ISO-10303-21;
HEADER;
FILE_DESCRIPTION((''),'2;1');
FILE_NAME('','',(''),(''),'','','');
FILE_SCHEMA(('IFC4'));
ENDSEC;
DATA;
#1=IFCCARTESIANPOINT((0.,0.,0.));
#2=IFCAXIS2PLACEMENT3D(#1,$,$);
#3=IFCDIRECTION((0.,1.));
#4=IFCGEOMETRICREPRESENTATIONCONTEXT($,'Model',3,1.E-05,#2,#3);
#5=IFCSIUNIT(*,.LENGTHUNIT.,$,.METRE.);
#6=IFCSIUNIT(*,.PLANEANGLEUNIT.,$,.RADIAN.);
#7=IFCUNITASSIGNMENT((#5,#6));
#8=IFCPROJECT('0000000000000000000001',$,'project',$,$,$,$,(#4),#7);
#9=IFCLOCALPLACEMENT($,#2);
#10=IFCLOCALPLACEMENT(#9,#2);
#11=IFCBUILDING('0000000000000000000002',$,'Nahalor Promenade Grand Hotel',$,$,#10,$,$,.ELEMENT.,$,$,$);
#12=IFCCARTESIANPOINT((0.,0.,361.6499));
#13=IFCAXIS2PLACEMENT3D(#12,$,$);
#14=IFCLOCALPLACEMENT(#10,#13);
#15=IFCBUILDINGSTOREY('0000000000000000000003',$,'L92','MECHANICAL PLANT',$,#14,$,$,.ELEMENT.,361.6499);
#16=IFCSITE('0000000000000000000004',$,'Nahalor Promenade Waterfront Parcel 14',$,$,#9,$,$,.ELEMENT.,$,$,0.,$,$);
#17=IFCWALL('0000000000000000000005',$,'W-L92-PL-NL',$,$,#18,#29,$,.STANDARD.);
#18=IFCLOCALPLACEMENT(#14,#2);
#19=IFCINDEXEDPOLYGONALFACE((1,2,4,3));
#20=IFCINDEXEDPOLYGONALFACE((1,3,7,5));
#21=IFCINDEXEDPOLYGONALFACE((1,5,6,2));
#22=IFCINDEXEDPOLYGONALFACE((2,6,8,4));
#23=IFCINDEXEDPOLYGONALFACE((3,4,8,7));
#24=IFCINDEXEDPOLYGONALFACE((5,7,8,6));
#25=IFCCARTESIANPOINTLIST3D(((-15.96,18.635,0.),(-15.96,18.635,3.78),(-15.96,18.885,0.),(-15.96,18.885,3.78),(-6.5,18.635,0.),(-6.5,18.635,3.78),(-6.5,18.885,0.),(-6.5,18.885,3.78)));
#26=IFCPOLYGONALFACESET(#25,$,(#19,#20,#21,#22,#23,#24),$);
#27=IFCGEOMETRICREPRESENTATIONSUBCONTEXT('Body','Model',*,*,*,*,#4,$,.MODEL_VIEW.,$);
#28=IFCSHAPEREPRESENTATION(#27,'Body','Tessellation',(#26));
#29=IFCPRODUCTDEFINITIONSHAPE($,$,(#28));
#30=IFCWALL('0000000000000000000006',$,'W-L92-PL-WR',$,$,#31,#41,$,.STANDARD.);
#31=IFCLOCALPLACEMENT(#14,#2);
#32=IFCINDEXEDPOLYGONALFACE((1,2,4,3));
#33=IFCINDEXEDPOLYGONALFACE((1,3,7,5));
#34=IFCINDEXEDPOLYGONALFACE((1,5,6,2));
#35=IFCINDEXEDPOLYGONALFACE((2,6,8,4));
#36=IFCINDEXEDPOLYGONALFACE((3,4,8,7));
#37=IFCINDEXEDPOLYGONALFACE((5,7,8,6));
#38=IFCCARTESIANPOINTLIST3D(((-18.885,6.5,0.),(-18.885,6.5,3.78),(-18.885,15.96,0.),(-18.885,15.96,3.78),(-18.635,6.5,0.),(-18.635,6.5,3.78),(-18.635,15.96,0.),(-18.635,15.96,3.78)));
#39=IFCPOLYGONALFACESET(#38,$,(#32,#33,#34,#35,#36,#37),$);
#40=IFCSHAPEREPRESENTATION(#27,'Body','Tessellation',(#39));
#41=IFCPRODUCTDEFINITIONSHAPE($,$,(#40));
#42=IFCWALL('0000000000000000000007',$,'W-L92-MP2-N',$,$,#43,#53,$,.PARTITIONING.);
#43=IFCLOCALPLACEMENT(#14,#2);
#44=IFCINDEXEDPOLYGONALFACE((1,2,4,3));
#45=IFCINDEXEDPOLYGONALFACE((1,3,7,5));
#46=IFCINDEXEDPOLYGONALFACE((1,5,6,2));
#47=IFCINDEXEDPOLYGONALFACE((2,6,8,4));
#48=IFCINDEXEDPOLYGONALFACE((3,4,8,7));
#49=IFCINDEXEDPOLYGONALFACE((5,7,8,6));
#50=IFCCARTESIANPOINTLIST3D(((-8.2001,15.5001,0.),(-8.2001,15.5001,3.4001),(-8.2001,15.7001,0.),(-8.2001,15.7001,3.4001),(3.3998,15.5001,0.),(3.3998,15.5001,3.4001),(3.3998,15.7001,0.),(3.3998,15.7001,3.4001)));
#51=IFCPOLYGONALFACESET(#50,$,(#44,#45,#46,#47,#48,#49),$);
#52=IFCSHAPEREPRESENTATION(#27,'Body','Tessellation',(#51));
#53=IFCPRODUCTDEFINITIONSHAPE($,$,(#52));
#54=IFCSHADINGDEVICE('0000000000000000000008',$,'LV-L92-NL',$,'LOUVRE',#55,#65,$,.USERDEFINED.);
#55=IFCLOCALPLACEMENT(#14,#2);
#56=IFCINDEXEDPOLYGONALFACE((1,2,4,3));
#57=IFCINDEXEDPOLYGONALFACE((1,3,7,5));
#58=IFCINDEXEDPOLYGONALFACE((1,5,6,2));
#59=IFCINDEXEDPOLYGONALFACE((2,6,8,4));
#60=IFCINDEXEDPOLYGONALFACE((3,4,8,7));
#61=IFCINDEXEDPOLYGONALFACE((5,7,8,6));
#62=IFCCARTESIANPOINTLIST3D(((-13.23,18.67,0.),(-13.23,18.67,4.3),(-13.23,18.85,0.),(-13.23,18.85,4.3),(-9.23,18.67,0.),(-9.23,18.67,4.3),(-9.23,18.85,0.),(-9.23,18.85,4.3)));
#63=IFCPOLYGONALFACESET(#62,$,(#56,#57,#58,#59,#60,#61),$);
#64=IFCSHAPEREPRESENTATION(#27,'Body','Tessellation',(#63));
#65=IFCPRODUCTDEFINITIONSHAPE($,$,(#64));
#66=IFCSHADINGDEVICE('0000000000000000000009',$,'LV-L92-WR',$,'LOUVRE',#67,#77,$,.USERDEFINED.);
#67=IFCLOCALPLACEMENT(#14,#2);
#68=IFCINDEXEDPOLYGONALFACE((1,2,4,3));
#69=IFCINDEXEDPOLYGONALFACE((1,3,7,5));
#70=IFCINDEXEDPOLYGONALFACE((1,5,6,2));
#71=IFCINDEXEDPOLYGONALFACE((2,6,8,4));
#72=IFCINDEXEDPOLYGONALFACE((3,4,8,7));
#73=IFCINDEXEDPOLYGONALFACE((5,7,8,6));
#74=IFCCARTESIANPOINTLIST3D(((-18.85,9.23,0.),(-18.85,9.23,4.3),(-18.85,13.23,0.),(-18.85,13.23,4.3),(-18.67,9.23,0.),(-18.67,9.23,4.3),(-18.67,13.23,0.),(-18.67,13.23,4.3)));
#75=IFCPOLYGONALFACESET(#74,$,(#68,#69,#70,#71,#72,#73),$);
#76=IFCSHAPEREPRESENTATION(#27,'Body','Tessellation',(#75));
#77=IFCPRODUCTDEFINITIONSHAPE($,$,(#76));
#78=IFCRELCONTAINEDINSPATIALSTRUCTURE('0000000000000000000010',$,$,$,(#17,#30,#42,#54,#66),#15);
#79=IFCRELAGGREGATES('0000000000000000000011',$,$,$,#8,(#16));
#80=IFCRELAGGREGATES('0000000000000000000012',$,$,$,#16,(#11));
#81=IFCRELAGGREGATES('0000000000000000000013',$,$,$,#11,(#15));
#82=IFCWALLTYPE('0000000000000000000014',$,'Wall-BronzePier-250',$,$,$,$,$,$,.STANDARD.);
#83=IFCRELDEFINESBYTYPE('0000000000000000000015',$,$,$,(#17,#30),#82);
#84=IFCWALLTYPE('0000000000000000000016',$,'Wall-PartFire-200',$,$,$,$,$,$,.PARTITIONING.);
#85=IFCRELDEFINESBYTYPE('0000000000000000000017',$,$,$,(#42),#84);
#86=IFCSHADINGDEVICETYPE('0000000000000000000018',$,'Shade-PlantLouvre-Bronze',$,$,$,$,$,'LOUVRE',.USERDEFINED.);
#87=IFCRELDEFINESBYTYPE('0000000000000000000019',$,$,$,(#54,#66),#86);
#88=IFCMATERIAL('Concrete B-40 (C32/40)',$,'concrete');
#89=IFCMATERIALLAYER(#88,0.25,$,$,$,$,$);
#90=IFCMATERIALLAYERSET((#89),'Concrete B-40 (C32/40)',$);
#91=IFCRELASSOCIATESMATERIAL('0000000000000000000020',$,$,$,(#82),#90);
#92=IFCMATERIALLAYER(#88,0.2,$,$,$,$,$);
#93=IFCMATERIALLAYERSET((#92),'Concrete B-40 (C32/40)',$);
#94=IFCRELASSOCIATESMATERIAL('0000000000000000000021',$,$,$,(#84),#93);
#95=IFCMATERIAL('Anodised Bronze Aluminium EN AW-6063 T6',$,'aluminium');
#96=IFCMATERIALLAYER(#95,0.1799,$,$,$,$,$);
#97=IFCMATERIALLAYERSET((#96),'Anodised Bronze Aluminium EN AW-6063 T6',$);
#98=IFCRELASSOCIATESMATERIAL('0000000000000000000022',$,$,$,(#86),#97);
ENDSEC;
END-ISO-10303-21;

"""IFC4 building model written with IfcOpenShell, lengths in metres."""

from ifc_helpers import new_model, si_unit, direction, frame, frame_2d, origin, origin_2d, place, context, subcontext, project, spatial, rectangle, extrude, source, transform, mapped, material, layer, layer_set, type_object, element, save


model = new_model("IFC4")

# Units and contexts
model_context = context("Model", 3, precision=1e-05, world=origin(), true_north=direction((0.0, 1.0)))
body_context = subcontext(model_context, "Body", "Model", "MODEL_VIEW")
ifc_project = project(units=[si_unit("LENGTHUNIT", "METRE"), si_unit("PLANEANGLEUNIT", "RADIAN")], contexts=[model_context])

# Site, building, storey
site_placement = place(None, origin())
site = spatial("IfcSite", under=ifc_project, at=site_placement, Name="Nahalor Promenade Waterfront Parcel 14", CompositionType="ELEMENT", RefElevation=0.0)
building_placement = place(site_placement, origin())
building = spatial("IfcBuilding", under=site, at=building_placement, Name="Nahalor Promenade Grand Hotel", CompositionType="ELEMENT")
storey_placement = place(building_placement, frame((0.0, 0.0, 361.6499)))
storey = spatial("IfcBuildingStorey", under=building, at=storey_placement, Name="L92", Description="MECHANICAL PLANT", CompositionType="ELEMENT", Elevation=361.6499)

# Shared definitions
ifc_material_1 = material(Name="Anodised Bronze Aluminium EN AW-6063 T6", Category="aluminium")

# Walls
ifc_material_2 = material(Name="Concrete B-40 (C32/40)", Category="concrete")
ifc_layer_1 = layer(ifc_material_2, 0.25)
ifc_layer_set_1 = layer_set([ifc_layer_1], Name="Concrete B-40 (C32/40)")
wall_type_1 = type_object("IfcWallType", Name="Wall-BronzePier-250", PredefinedType="STANDARD", material=ifc_layer_set_1)
shared_shape_1 = source(origin(), body_context, "Body", "SweptSolid", [
    extrude(rectangle(XDim=9.46, YDim=0.25, at=frame_2d((4.73, 0.0))), origin(), (0.0, 0.0, 1.0), 3.78),
])
for number, where, z_axis, x_axis, name in (
    (1, (-15.96, 18.76, 0.0), (0.0, 0.0, 1.0), (1.0, 0.0, 0.0), "W-L92-PL-NL"),
    (2, (-18.76, 6.5, 0.0), (0.0, 0.0, 1.0), (0.0, 1.0, 0.0), "W-L92-PL-WR"),
):
    element("IfcWall", number, at=place(storey_placement, frame(where, z_axis=z_axis, x_axis=x_axis)), inside=storey, type_object=wall_type_1, Name=name, PredefinedType="STANDARD", context=body_context, shape_type="MappedRepresentation", body=[
        mapped(shared_shape_1, transform((0.0, 0.0, 0.0), scale=1.0)),
    ])
ifc_layer_2 = layer(ifc_material_2, 0.2)
ifc_layer_set_2 = layer_set([ifc_layer_2], Name="Concrete B-40 (C32/40)")
wall_type_2 = type_object("IfcWallType", Name="Wall-PartFire-200", PredefinedType="PARTITIONING", material=ifc_layer_set_2)
shared_shape_2 = source(origin(), body_context, "Body", "SweptSolid", [
    extrude(rectangle(XDim=11.5999, YDim=0.2, at=frame_2d((5.7998, 0.0))), origin(), (0.0, 0.0, 1.0), 3.4001),
])
wall_placement = place(storey_placement, frame((-8.2, 15.6001, 0.0), z_axis=(0.0, 0.0, 1.0), x_axis=(1.0, 0.0, 0.0)))
element("IfcWall", 3, at=wall_placement, inside=storey, type_object=wall_type_2, Name="W-L92-MP2-N", PredefinedType="PARTITIONING", context=body_context, shape_type="MappedRepresentation", body=[
    mapped(shared_shape_2, transform((0.0, 0.0, 0.0), scale=1.0)),
])

# Shading devices
ifc_layer_3 = layer(ifc_material_1, 0.1799)
ifc_layer_set_3 = layer_set([ifc_layer_3], Name="Anodised Bronze Aluminium EN AW-6063 T6")
shading_device_type = type_object("IfcShadingDeviceType", Name="Shade-PlantLouvre-Bronze", ElementType="LOUVRE", PredefinedType="USERDEFINED", material=ifc_layer_set_3)
shared_shape_3 = source(origin(), body_context, "Body", "SweptSolid", [
    extrude(rectangle(XDim=4.0, YDim=0.1799, at=origin_2d()), origin(), (0.0, 0.0, 1.0), 4.3),
])
for number, where, z_axis, x_axis, name in (
    (4, (-11.23, 18.76, 0.0), (0.0, 0.0, 1.0), (1.0, 0.0, 0.0), "LV-L92-NL"),
    (5, (-18.76, 11.23, 0.0), (0.0, 0.0, 1.0), (0.0, 1.0, 0.0), "LV-L92-WR"),
):
    element("IfcShadingDevice", number, at=place(storey_placement, frame(where, z_axis=z_axis, x_axis=x_axis)), inside=storey, type_object=shading_device_type, Name=name, ObjectType="LOUVRE", PredefinedType="USERDEFINED", context=body_context, shape_type="MappedRepresentation", body=[
        mapped(shared_shape_3, transform((0.0, 0.0, 0.0), scale=1.0)),
    ])

save(model, "model.ifc")
